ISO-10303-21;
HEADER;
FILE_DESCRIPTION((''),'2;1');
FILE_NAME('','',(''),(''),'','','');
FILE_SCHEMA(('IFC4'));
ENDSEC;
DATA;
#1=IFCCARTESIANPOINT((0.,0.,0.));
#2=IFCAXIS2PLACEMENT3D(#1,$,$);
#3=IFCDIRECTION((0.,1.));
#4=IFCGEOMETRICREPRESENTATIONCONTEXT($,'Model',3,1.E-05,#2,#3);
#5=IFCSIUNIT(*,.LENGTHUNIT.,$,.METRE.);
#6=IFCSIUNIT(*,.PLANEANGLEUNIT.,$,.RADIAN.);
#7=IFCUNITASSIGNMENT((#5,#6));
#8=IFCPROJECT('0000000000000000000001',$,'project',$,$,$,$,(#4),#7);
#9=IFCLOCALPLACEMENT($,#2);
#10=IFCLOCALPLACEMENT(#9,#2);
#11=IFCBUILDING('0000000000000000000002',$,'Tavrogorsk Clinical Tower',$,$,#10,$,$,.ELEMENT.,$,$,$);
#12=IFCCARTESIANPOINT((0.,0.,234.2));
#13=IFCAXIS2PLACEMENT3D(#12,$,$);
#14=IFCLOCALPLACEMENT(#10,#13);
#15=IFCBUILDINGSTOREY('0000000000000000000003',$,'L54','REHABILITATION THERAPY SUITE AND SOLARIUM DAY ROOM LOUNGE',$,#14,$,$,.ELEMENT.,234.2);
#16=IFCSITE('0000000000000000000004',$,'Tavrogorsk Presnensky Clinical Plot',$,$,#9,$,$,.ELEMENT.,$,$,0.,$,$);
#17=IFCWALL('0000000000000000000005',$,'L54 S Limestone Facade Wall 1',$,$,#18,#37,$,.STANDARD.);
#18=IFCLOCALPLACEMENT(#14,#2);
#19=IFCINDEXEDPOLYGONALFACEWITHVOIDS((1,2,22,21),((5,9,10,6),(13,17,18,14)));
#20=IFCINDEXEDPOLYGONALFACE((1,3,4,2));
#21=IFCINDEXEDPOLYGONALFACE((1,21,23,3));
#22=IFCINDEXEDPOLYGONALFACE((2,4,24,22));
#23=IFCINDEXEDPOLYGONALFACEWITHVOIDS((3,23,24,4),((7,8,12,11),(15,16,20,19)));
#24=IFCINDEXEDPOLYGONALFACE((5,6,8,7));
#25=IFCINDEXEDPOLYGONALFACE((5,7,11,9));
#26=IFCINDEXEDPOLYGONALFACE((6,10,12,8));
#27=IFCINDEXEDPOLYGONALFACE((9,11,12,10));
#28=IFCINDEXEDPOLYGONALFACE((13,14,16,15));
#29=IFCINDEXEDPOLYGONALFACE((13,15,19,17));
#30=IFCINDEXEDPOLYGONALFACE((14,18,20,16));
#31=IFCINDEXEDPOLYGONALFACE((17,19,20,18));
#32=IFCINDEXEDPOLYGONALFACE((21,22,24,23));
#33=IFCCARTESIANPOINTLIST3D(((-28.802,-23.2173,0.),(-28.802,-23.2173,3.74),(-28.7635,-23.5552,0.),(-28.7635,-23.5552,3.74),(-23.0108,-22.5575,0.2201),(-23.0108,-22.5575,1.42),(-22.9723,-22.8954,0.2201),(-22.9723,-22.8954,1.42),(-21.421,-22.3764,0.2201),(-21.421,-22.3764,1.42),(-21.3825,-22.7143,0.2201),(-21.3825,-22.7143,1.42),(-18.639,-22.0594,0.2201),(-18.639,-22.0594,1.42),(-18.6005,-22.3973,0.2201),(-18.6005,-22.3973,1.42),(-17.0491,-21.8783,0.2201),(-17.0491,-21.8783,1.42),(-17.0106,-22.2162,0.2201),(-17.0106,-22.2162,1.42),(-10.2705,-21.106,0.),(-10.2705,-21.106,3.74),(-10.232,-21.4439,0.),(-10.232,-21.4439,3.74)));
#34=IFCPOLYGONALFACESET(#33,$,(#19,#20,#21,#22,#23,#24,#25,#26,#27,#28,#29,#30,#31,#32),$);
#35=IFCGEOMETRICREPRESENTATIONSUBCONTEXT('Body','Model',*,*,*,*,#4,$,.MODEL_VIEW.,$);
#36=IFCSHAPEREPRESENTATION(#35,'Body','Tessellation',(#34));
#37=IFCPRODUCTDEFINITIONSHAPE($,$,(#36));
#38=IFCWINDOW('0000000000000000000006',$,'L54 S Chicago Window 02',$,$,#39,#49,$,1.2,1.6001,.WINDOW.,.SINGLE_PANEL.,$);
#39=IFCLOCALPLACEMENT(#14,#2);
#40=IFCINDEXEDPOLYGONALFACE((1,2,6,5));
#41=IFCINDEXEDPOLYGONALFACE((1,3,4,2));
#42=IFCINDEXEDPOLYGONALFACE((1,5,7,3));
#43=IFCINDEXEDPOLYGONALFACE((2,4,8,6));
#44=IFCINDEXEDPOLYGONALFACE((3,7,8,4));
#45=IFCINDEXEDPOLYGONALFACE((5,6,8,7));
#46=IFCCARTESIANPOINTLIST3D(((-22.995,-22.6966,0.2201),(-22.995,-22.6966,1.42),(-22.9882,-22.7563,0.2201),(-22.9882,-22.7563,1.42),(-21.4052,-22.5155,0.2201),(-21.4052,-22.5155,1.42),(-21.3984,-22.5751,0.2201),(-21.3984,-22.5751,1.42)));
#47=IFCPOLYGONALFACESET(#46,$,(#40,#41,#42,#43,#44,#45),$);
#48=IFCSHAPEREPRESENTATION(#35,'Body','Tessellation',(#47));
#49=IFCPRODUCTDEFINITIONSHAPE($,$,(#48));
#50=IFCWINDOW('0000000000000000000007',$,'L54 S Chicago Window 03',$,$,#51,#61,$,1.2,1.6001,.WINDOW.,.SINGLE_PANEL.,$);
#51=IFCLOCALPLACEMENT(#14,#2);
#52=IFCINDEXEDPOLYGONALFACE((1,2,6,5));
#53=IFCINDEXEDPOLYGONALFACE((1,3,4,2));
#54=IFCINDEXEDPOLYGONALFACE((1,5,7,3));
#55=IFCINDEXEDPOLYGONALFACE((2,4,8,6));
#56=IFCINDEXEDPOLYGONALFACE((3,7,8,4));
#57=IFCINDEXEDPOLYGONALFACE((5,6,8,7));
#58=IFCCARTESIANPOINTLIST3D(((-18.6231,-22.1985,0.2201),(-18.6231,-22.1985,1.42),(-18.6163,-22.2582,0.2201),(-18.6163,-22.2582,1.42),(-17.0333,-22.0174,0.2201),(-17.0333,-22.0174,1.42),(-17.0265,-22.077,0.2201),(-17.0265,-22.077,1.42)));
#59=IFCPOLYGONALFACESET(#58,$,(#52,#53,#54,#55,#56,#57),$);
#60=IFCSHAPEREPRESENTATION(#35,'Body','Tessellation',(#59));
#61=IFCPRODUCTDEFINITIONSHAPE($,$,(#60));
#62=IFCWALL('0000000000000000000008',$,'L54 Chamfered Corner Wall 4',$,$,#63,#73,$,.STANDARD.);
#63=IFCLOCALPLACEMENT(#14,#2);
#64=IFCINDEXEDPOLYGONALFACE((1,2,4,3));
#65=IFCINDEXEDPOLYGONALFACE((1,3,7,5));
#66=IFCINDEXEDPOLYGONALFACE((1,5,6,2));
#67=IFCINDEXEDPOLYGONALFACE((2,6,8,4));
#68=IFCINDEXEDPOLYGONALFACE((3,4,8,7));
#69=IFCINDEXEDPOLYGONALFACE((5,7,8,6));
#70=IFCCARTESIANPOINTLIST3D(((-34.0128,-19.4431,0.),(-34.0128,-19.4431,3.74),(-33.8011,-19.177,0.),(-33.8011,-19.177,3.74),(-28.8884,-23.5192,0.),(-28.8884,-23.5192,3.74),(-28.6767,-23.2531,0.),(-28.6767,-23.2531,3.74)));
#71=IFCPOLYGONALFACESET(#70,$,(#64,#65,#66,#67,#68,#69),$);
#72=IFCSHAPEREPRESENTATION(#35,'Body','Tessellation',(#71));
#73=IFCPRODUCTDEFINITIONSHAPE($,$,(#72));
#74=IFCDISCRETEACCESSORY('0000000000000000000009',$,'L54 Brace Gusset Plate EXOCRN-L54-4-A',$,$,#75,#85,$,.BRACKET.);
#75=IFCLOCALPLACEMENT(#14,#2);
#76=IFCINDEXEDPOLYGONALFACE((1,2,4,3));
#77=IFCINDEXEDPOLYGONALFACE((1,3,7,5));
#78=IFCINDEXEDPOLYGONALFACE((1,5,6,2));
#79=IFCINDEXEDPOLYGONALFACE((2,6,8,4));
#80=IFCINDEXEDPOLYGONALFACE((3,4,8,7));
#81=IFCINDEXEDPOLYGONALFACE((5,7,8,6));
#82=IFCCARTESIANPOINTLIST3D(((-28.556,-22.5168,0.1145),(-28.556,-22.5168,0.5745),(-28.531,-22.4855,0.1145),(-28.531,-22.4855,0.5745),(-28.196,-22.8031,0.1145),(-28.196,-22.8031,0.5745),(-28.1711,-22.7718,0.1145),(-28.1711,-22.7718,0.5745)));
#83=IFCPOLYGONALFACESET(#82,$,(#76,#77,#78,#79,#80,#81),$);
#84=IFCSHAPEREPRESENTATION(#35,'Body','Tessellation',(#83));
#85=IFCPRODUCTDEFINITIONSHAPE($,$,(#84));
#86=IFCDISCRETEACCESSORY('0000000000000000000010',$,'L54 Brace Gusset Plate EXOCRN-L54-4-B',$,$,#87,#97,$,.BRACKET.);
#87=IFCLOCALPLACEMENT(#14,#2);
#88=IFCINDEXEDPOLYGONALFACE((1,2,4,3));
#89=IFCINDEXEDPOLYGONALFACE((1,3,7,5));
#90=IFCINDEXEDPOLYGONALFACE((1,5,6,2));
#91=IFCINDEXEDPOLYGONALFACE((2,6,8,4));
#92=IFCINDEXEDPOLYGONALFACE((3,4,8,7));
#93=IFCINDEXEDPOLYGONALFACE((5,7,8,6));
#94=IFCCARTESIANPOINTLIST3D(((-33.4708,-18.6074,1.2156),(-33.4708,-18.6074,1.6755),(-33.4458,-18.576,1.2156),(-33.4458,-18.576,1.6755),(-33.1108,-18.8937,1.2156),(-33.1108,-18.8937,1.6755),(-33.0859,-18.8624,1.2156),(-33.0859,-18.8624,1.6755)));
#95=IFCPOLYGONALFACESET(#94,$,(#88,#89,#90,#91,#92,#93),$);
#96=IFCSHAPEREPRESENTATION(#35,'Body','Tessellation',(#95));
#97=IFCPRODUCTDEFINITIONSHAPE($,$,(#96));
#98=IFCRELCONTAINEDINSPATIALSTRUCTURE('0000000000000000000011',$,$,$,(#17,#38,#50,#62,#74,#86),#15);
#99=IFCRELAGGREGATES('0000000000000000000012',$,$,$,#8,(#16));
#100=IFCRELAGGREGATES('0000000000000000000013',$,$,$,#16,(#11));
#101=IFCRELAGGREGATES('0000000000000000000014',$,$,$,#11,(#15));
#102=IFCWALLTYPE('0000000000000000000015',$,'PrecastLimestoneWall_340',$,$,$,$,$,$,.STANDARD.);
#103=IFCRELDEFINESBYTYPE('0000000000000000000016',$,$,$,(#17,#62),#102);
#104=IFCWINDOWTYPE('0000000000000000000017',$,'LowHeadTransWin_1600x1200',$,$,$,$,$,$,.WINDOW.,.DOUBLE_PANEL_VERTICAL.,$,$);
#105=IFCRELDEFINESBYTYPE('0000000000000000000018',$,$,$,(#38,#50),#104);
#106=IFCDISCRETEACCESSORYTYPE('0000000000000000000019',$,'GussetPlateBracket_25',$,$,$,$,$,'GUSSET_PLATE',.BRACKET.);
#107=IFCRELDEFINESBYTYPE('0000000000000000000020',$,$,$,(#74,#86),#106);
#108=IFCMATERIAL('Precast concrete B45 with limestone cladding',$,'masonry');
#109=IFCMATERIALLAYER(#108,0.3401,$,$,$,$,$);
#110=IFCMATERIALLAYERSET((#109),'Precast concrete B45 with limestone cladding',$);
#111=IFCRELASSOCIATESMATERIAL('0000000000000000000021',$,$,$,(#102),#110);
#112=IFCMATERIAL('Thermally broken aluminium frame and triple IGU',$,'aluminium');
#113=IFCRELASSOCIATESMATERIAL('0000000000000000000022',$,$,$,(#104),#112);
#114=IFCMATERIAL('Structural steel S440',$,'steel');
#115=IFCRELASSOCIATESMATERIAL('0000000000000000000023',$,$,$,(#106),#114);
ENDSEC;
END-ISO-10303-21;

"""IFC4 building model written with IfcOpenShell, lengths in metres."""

from ifc_helpers import new_model, si_unit, direction, frame, frame_2d, origin, origin_2d, place, context, subcontext, project, spatial, rectangle, extrude, material, layer, layer_set, type_object, element, fill, save


model = new_model("IFC4")

# Units and contexts
model_context = context("Model", 3, precision=1e-05, world=origin(), true_north=direction((0.0, 1.0)))
body_context = subcontext(model_context, "Body", "Model", "MODEL_VIEW")
ifc_project = project(units=[si_unit("LENGTHUNIT", "METRE"), si_unit("PLANEANGLEUNIT", "RADIAN")], contexts=[model_context])

# Site, building, storey
site_placement = place(None, origin())
site = spatial("IfcSite", under=ifc_project, at=site_placement, Name="Tavrogorsk Presnensky Clinical Plot", CompositionType="ELEMENT", RefElevation=0.0)
building_placement = place(site_placement, origin())
building = spatial("IfcBuilding", under=site, at=building_placement, Name="Tavrogorsk Clinical Tower", CompositionType="ELEMENT")
storey_placement = place(building_placement, frame((0.0, 0.0, 234.2)))
storey = spatial("IfcBuildingStorey", under=building, at=storey_placement, Name="L54", Description="REHABILITATION THERAPY SUITE AND SOLARIUM DAY ROOM LOUNGE", CompositionType="ELEMENT", Elevation=234.2)

# Wall, openings, windows
ifc_material_1 = material(Name="Precast concrete B45 with limestone cladding", Category="masonry")
ifc_layer_1 = layer(ifc_material_1, 0.3401)
ifc_layer_set_1 = layer_set([ifc_layer_1], Name="Precast concrete B45 with limestone cladding")
wall_type_1 = type_object("IfcWallType", Name="PrecastLimestoneWall_340", PredefinedType="STANDARD", material=ifc_layer_set_1)
wall_1_placement = place(storey_placement, frame((-28.7827, -23.3862, 0.0), z_axis=(0.0, 0.0, 1.0), x_axis=(0.993572, 0.1132, 0.0)))
wall_1 = element("IfcWall", 1, at=wall_1_placement, inside=storey, type_object=wall_type_1, Name="L54 S Limestone Facade Wall 1", PredefinedType="STANDARD", context=body_context, shape_type="SweptSolid", body=[
    extrude(rectangle(XDim=18.6514, YDim=0.3401, at=frame_2d((9.3257, 0.0))), origin(), (0.0, 0.0, 1.0), 3.74),
])
opening_1_placement = place(wall_1_placement, frame((5.8286, 0.0, 0.22)))
opening_1 = element("IfcOpeningElement", 2, at=opening_1_placement, cuts=wall_1, PredefinedType="OPENING", context=body_context, shape_type="SweptSolid", body=[
    extrude(rectangle(XDim=1.6001, YDim=1.2, at=frame_2d((0.8, 0.6001))), frame((0.0, 0.1799, 0.0), z_axis=(0.0, -1.0, 0.0), x_axis=(1.0, 0.0, 0.0)), (0.0, 0.0, 1.0), 0.3601),
])
opening_2_placement = place(wall_1_placement, frame((10.2288, 0.0, 0.22)))
opening_2 = element("IfcOpeningElement", 3, at=opening_2_placement, cuts=wall_1, PredefinedType="OPENING", context=body_context, shape_type="SweptSolid", body=[
    extrude(rectangle(XDim=1.6001, YDim=1.2, at=frame_2d((0.8, 0.6001))), frame((0.0, 0.1799, 0.0), z_axis=(0.0, -1.0, 0.0), x_axis=(1.0, 0.0, 0.0)), (0.0, 0.0, 1.0), 0.3601),
])
ifc_material_2 = material(Name="Thermally broken aluminium frame and triple IGU", Category="aluminium")
window_type = type_object("IfcWindowType", Name="LowHeadTransWin_1600x1200", PartitioningType="DOUBLE_PANEL_VERTICAL", PredefinedType="WINDOW", material=ifc_material_2)
window_1_placement = place(opening_1_placement, origin())
window_1 = element("IfcWindow", 4, at=window_1_placement, inside=storey, type_object=window_type, Name="L54 S Chicago Window 02", OverallHeight=1.2, OverallWidth=1.6001, PartitioningType="SINGLE_PANEL", PredefinedType="WINDOW", context=body_context, shape_type="SweptSolid", body=[
    extrude(rectangle(XDim=1.6001, YDim=1.2, at=frame_2d((0.8, 0.6001))), frame((0.0, 0.03, 0.0), z_axis=(0.0, -1.0, 0.0), x_axis=(1.0, 0.0, 0.0)), (0.0, 0.0, 1.0), 0.0601),
])
fill(opening_1, window_1)
window_2_placement = place(opening_2_placement, origin())
window_2 = element("IfcWindow", 5, at=window_2_placement, inside=storey, type_object=window_type, Name="L54 S Chicago Window 03", OverallHeight=1.2, OverallWidth=1.6001, PartitioningType="SINGLE_PANEL", PredefinedType="WINDOW", context=body_context, shape_type="SweptSolid", body=[
    extrude(rectangle(XDim=1.6001, YDim=1.2, at=frame_2d((0.8, 0.6001))), frame((0.0, 0.03, 0.0), z_axis=(0.0, -1.0, 0.0), x_axis=(1.0, 0.0, 0.0)), (0.0, 0.0, 1.0), 0.0601),
])
fill(opening_2, window_2)

# Wall
wall_2_placement = place(storey_placement, frame((-33.907, -19.3101, 0.0), z_axis=(0.0, 0.0, 1.0), x_axis=(0.782612, -0.62251, 0.0)))
element("IfcWall", 6, at=wall_2_placement, inside=storey, type_object=wall_type_1, Name="L54 Chamfered Corner Wall 4", PredefinedType="STANDARD", context=body_context, shape_type="SweptSolid", body=[
    extrude(rectangle(XDim=6.5479, YDim=0.3401, at=frame_2d((3.2739, 0.0))), origin(), (0.0, 0.0, 1.0), 3.74),
])

# Discrete accessories
ifc_material_3 = material(Name="Structural steel S440", Category="steel")
discrete_accessory_type = type_object("IfcDiscreteAccessoryType", Name="GussetPlateBracket_25", ElementType="GUSSET_PLATE", PredefinedType="BRACKET", material=ifc_material_3)
for number, where, z_axis, x_axis, name in (
    (7, (-28.3635, -22.6443, 0.1145), (0.0, 0.0, 1.0), (-0.782608, 0.622515, 0.0), "L54 Brace Gusset Plate EXOCRN-L54-4-A"),
    (8, (-33.2783, -18.7349, 1.2156), (0.0, 0.0, 1.0), (-0.782608, 0.622515, 0.0), "L54 Brace Gusset Plate EXOCRN-L54-4-B"),
):
    element("IfcDiscreteAccessory", number, at=place(storey_placement, frame(where, z_axis=z_axis, x_axis=x_axis)), inside=storey, type_object=discrete_accessory_type, Name=name, PredefinedType="BRACKET", context=body_context, shape_type="SweptSolid", body=[
        extrude(rectangle(XDim=0.46, YDim=0.04, at=origin_2d()), origin(), (0.0, 0.0, 1.0), 0.46),
    ])

save(model, "model.ifc")
